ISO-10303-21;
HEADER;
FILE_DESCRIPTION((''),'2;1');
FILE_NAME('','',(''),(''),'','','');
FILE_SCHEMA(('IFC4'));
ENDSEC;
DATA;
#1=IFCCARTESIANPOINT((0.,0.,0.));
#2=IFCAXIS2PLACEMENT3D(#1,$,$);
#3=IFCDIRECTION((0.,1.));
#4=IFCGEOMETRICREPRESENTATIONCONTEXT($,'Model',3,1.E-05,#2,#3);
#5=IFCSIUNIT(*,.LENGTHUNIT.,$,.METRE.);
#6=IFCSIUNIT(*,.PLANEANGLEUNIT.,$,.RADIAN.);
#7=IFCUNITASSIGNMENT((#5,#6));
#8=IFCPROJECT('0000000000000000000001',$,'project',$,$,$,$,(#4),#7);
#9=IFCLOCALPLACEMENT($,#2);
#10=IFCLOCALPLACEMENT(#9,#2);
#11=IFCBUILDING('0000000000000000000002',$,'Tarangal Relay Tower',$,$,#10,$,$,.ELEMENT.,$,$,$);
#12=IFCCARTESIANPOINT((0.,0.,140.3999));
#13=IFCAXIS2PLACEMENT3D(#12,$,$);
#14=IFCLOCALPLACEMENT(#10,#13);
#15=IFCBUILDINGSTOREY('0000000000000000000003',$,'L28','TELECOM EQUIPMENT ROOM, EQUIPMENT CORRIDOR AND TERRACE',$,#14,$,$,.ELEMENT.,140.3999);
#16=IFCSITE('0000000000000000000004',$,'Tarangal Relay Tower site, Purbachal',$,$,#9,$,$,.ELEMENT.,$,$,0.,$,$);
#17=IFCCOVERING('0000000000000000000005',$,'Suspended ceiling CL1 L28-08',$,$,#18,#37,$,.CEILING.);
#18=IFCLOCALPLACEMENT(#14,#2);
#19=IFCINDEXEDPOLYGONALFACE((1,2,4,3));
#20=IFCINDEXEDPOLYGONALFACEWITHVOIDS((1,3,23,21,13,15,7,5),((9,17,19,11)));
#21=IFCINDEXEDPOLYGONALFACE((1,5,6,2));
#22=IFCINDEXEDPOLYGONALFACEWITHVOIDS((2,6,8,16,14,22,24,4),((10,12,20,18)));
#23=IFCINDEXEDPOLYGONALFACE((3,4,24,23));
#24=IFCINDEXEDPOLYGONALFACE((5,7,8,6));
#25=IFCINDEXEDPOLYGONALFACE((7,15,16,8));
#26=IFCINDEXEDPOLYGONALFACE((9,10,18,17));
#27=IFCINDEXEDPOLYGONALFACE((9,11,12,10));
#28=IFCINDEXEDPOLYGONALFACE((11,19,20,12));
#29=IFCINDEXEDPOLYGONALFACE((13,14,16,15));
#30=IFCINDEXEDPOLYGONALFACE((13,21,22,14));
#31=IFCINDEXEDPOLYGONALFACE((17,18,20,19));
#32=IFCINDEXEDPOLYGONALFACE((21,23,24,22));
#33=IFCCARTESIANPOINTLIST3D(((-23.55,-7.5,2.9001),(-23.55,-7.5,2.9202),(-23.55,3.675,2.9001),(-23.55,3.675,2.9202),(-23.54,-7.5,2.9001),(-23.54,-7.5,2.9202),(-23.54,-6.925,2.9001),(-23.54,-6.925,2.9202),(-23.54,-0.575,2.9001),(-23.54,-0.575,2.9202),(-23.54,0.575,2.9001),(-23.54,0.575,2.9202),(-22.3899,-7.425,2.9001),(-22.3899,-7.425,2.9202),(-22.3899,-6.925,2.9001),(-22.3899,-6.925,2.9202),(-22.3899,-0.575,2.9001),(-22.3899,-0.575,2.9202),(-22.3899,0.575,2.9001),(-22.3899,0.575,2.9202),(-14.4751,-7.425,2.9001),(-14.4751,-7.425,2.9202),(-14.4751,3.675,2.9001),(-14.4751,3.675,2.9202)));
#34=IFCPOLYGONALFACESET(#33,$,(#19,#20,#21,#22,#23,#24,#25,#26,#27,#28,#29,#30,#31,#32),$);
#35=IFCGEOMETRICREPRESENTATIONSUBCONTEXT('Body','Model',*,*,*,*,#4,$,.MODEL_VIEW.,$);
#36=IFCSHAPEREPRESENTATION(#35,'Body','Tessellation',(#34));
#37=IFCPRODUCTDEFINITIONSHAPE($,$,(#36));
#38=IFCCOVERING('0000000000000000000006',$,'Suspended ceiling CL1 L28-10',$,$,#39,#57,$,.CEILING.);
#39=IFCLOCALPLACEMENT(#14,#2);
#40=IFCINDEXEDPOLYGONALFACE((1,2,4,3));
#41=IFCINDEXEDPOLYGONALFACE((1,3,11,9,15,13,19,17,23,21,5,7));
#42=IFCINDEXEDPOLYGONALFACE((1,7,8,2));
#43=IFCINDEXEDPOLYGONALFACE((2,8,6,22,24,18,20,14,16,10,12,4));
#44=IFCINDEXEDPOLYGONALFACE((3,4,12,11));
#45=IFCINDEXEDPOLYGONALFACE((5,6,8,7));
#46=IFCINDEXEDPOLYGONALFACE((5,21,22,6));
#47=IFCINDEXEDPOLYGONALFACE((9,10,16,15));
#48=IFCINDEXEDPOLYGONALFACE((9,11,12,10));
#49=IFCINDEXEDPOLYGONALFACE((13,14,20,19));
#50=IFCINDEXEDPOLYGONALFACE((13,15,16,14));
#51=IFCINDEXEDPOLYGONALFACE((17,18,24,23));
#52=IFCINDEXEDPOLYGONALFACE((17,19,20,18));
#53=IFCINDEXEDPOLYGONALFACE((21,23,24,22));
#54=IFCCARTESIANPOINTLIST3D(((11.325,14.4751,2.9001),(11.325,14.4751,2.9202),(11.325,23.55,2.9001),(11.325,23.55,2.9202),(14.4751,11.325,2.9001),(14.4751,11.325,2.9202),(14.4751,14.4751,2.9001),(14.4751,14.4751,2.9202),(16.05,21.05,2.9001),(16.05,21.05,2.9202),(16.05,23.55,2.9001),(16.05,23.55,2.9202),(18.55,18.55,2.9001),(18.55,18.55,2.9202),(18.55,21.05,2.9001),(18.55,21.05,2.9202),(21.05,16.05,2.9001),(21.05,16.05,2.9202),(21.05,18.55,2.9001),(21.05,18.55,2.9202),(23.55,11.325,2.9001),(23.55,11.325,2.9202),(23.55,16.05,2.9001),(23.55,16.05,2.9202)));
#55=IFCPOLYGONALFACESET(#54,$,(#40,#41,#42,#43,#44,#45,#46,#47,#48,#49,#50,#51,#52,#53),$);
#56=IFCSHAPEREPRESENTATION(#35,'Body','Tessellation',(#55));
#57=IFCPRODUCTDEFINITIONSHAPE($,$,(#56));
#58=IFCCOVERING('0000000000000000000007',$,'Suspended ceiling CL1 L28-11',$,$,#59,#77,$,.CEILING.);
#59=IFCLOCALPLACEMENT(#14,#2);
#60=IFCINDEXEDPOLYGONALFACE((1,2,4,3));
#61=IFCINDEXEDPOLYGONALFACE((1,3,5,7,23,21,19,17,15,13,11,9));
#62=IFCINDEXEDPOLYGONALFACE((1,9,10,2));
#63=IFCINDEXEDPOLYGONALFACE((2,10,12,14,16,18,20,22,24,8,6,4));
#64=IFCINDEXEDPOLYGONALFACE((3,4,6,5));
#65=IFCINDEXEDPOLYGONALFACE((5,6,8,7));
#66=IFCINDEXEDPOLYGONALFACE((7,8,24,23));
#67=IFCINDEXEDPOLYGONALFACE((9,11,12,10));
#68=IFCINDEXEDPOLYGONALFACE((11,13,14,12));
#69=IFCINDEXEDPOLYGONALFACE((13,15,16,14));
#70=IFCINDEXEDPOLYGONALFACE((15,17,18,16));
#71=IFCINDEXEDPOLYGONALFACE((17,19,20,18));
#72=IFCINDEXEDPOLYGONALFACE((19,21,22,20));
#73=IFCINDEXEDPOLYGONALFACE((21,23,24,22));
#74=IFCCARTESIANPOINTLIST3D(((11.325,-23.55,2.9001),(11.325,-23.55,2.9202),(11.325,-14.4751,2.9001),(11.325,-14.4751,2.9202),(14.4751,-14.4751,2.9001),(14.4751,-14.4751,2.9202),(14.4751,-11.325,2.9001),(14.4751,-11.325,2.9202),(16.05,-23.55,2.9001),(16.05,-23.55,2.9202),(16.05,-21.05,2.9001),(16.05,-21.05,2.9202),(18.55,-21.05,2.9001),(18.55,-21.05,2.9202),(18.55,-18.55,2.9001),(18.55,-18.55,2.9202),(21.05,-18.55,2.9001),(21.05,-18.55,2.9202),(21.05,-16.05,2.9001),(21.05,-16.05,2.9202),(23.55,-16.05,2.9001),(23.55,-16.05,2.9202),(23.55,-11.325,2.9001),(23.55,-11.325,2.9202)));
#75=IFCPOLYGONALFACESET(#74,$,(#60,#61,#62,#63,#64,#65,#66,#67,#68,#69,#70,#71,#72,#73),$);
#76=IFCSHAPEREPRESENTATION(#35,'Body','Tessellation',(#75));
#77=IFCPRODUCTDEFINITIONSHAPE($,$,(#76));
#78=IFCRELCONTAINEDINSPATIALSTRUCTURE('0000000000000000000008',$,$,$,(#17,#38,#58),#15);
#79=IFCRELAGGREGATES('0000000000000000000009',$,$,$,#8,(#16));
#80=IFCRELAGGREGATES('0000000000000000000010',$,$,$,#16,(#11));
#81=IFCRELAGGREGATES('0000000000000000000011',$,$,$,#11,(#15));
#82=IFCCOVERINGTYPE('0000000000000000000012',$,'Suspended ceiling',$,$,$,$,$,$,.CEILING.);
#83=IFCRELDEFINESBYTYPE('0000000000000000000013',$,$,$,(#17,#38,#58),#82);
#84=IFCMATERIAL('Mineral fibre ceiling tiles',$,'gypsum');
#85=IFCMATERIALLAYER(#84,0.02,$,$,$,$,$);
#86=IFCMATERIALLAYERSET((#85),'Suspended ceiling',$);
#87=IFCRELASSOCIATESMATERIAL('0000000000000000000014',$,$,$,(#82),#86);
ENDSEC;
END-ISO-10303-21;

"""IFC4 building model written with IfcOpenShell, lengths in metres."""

from ifc_helpers import new_model, si_unit, direction, frame, origin, place, context, subcontext, project, spatial, polyline, outline, extrude, material, layer, layer_set, type_object, element, save


model = new_model("IFC4")

# Units and contexts
model_context = context("Model", 3, precision=1e-05, world=origin(), true_north=direction((0.0, 1.0)))
body_context = subcontext(model_context, "Body", "Model", "MODEL_VIEW")
ifc_project = project(units=[si_unit("LENGTHUNIT", "METRE"), si_unit("PLANEANGLEUNIT", "RADIAN")], contexts=[model_context])

# Site, building, storey
site_placement = place(None, origin())
site = spatial("IfcSite", under=ifc_project, at=site_placement, Name="Tarangal Relay Tower site, Purbachal", CompositionType="ELEMENT", RefElevation=0.0)
building_placement = place(site_placement, origin())
building = spatial("IfcBuilding", under=site, at=building_placement, Name="Tarangal Relay Tower", CompositionType="ELEMENT")
storey_placement = place(building_placement, frame((0.0, 0.0, 140.3999)))
storey = spatial("IfcBuildingStorey", under=building, at=storey_placement, Name="L28", Description="TELECOM EQUIPMENT ROOM, EQUIPMENT CORRIDOR AND TERRACE", CompositionType="ELEMENT", Elevation=140.3999)

# Coverings
ifc_material_1 = material(Name="Mineral fibre ceiling tiles", Category="gypsum")
ifc_layer_1 = layer(ifc_material_1, 0.02)
ifc_layer_set_1 = layer_set([ifc_layer_1], Name="Suspended ceiling")
covering_type_1 = type_object("IfcCoveringType", Name="Suspended ceiling", PredefinedType="CEILING", material=ifc_layer_set_1)
covering_1_placement = place(storey_placement, frame((0.0, 0.0, 2.9001)))
element("IfcCovering", 1, at=covering_1_placement, inside=storey, type_object=covering_type_1, Name="Suspended ceiling CL1 L28-08", PredefinedType="CEILING", context=body_context, shape_type="SweptSolid", body=[
    extrude(outline(polyline([(-23.55, 3.675), (-23.55, -7.5), (-23.54, -7.5), (-23.54, -6.925), (-22.3899, -6.925), (-22.3899, -7.425), (-14.4751, -7.425), (-14.4751, 3.675), (-23.55, 3.675)]), holes=[polyline([(-22.3899, -0.575), (-22.3899, 0.575), (-23.54, 0.575), (-23.54, -0.575), (-22.3899, -0.575)])]), origin(), (0.0, 0.0, 1.0), 0.02),
])
covering_2_placement = place(storey_placement, frame((0.0, 0.0, 2.9001)))
element("IfcCovering", 2, at=covering_2_placement, inside=storey, type_object=covering_type_1, Name="Suspended ceiling CL1 L28-10", PredefinedType="CEILING", context=body_context, shape_type="SweptSolid", body=[
    extrude(outline(polyline([(16.05, 23.55), (11.325, 23.55), (11.325, 14.4751), (14.4751, 14.4751), (14.4751, 11.325), (23.55, 11.325), (23.55, 16.05), (21.05, 16.05), (21.05, 18.55), (18.55, 18.55), (18.55, 21.05), (16.05, 21.05), (16.05, 23.55)])), origin(), (0.0, 0.0, 1.0), 0.02),
])
covering_3_placement = place(storey_placement, frame((0.0, 0.0, 2.9001)))
element("IfcCovering", 3, at=covering_3_placement, inside=storey, type_object=covering_type_1, Name="Suspended ceiling CL1 L28-11", PredefinedType="CEILING", context=body_context, shape_type="SweptSolid", body=[
    extrude(outline(polyline([(23.55, -16.05), (23.55, -11.325), (14.4751, -11.325), (14.4751, -14.4751), (11.325, -14.4751), (11.325, -23.55), (16.05, -23.55), (16.05, -21.05), (18.55, -21.05), (18.55, -18.55), (21.05, -18.55), (21.05, -16.05), (23.55, -16.05)])), origin(), (0.0, 0.0, 1.0), 0.02),
])

save(model, "model.ifc")
